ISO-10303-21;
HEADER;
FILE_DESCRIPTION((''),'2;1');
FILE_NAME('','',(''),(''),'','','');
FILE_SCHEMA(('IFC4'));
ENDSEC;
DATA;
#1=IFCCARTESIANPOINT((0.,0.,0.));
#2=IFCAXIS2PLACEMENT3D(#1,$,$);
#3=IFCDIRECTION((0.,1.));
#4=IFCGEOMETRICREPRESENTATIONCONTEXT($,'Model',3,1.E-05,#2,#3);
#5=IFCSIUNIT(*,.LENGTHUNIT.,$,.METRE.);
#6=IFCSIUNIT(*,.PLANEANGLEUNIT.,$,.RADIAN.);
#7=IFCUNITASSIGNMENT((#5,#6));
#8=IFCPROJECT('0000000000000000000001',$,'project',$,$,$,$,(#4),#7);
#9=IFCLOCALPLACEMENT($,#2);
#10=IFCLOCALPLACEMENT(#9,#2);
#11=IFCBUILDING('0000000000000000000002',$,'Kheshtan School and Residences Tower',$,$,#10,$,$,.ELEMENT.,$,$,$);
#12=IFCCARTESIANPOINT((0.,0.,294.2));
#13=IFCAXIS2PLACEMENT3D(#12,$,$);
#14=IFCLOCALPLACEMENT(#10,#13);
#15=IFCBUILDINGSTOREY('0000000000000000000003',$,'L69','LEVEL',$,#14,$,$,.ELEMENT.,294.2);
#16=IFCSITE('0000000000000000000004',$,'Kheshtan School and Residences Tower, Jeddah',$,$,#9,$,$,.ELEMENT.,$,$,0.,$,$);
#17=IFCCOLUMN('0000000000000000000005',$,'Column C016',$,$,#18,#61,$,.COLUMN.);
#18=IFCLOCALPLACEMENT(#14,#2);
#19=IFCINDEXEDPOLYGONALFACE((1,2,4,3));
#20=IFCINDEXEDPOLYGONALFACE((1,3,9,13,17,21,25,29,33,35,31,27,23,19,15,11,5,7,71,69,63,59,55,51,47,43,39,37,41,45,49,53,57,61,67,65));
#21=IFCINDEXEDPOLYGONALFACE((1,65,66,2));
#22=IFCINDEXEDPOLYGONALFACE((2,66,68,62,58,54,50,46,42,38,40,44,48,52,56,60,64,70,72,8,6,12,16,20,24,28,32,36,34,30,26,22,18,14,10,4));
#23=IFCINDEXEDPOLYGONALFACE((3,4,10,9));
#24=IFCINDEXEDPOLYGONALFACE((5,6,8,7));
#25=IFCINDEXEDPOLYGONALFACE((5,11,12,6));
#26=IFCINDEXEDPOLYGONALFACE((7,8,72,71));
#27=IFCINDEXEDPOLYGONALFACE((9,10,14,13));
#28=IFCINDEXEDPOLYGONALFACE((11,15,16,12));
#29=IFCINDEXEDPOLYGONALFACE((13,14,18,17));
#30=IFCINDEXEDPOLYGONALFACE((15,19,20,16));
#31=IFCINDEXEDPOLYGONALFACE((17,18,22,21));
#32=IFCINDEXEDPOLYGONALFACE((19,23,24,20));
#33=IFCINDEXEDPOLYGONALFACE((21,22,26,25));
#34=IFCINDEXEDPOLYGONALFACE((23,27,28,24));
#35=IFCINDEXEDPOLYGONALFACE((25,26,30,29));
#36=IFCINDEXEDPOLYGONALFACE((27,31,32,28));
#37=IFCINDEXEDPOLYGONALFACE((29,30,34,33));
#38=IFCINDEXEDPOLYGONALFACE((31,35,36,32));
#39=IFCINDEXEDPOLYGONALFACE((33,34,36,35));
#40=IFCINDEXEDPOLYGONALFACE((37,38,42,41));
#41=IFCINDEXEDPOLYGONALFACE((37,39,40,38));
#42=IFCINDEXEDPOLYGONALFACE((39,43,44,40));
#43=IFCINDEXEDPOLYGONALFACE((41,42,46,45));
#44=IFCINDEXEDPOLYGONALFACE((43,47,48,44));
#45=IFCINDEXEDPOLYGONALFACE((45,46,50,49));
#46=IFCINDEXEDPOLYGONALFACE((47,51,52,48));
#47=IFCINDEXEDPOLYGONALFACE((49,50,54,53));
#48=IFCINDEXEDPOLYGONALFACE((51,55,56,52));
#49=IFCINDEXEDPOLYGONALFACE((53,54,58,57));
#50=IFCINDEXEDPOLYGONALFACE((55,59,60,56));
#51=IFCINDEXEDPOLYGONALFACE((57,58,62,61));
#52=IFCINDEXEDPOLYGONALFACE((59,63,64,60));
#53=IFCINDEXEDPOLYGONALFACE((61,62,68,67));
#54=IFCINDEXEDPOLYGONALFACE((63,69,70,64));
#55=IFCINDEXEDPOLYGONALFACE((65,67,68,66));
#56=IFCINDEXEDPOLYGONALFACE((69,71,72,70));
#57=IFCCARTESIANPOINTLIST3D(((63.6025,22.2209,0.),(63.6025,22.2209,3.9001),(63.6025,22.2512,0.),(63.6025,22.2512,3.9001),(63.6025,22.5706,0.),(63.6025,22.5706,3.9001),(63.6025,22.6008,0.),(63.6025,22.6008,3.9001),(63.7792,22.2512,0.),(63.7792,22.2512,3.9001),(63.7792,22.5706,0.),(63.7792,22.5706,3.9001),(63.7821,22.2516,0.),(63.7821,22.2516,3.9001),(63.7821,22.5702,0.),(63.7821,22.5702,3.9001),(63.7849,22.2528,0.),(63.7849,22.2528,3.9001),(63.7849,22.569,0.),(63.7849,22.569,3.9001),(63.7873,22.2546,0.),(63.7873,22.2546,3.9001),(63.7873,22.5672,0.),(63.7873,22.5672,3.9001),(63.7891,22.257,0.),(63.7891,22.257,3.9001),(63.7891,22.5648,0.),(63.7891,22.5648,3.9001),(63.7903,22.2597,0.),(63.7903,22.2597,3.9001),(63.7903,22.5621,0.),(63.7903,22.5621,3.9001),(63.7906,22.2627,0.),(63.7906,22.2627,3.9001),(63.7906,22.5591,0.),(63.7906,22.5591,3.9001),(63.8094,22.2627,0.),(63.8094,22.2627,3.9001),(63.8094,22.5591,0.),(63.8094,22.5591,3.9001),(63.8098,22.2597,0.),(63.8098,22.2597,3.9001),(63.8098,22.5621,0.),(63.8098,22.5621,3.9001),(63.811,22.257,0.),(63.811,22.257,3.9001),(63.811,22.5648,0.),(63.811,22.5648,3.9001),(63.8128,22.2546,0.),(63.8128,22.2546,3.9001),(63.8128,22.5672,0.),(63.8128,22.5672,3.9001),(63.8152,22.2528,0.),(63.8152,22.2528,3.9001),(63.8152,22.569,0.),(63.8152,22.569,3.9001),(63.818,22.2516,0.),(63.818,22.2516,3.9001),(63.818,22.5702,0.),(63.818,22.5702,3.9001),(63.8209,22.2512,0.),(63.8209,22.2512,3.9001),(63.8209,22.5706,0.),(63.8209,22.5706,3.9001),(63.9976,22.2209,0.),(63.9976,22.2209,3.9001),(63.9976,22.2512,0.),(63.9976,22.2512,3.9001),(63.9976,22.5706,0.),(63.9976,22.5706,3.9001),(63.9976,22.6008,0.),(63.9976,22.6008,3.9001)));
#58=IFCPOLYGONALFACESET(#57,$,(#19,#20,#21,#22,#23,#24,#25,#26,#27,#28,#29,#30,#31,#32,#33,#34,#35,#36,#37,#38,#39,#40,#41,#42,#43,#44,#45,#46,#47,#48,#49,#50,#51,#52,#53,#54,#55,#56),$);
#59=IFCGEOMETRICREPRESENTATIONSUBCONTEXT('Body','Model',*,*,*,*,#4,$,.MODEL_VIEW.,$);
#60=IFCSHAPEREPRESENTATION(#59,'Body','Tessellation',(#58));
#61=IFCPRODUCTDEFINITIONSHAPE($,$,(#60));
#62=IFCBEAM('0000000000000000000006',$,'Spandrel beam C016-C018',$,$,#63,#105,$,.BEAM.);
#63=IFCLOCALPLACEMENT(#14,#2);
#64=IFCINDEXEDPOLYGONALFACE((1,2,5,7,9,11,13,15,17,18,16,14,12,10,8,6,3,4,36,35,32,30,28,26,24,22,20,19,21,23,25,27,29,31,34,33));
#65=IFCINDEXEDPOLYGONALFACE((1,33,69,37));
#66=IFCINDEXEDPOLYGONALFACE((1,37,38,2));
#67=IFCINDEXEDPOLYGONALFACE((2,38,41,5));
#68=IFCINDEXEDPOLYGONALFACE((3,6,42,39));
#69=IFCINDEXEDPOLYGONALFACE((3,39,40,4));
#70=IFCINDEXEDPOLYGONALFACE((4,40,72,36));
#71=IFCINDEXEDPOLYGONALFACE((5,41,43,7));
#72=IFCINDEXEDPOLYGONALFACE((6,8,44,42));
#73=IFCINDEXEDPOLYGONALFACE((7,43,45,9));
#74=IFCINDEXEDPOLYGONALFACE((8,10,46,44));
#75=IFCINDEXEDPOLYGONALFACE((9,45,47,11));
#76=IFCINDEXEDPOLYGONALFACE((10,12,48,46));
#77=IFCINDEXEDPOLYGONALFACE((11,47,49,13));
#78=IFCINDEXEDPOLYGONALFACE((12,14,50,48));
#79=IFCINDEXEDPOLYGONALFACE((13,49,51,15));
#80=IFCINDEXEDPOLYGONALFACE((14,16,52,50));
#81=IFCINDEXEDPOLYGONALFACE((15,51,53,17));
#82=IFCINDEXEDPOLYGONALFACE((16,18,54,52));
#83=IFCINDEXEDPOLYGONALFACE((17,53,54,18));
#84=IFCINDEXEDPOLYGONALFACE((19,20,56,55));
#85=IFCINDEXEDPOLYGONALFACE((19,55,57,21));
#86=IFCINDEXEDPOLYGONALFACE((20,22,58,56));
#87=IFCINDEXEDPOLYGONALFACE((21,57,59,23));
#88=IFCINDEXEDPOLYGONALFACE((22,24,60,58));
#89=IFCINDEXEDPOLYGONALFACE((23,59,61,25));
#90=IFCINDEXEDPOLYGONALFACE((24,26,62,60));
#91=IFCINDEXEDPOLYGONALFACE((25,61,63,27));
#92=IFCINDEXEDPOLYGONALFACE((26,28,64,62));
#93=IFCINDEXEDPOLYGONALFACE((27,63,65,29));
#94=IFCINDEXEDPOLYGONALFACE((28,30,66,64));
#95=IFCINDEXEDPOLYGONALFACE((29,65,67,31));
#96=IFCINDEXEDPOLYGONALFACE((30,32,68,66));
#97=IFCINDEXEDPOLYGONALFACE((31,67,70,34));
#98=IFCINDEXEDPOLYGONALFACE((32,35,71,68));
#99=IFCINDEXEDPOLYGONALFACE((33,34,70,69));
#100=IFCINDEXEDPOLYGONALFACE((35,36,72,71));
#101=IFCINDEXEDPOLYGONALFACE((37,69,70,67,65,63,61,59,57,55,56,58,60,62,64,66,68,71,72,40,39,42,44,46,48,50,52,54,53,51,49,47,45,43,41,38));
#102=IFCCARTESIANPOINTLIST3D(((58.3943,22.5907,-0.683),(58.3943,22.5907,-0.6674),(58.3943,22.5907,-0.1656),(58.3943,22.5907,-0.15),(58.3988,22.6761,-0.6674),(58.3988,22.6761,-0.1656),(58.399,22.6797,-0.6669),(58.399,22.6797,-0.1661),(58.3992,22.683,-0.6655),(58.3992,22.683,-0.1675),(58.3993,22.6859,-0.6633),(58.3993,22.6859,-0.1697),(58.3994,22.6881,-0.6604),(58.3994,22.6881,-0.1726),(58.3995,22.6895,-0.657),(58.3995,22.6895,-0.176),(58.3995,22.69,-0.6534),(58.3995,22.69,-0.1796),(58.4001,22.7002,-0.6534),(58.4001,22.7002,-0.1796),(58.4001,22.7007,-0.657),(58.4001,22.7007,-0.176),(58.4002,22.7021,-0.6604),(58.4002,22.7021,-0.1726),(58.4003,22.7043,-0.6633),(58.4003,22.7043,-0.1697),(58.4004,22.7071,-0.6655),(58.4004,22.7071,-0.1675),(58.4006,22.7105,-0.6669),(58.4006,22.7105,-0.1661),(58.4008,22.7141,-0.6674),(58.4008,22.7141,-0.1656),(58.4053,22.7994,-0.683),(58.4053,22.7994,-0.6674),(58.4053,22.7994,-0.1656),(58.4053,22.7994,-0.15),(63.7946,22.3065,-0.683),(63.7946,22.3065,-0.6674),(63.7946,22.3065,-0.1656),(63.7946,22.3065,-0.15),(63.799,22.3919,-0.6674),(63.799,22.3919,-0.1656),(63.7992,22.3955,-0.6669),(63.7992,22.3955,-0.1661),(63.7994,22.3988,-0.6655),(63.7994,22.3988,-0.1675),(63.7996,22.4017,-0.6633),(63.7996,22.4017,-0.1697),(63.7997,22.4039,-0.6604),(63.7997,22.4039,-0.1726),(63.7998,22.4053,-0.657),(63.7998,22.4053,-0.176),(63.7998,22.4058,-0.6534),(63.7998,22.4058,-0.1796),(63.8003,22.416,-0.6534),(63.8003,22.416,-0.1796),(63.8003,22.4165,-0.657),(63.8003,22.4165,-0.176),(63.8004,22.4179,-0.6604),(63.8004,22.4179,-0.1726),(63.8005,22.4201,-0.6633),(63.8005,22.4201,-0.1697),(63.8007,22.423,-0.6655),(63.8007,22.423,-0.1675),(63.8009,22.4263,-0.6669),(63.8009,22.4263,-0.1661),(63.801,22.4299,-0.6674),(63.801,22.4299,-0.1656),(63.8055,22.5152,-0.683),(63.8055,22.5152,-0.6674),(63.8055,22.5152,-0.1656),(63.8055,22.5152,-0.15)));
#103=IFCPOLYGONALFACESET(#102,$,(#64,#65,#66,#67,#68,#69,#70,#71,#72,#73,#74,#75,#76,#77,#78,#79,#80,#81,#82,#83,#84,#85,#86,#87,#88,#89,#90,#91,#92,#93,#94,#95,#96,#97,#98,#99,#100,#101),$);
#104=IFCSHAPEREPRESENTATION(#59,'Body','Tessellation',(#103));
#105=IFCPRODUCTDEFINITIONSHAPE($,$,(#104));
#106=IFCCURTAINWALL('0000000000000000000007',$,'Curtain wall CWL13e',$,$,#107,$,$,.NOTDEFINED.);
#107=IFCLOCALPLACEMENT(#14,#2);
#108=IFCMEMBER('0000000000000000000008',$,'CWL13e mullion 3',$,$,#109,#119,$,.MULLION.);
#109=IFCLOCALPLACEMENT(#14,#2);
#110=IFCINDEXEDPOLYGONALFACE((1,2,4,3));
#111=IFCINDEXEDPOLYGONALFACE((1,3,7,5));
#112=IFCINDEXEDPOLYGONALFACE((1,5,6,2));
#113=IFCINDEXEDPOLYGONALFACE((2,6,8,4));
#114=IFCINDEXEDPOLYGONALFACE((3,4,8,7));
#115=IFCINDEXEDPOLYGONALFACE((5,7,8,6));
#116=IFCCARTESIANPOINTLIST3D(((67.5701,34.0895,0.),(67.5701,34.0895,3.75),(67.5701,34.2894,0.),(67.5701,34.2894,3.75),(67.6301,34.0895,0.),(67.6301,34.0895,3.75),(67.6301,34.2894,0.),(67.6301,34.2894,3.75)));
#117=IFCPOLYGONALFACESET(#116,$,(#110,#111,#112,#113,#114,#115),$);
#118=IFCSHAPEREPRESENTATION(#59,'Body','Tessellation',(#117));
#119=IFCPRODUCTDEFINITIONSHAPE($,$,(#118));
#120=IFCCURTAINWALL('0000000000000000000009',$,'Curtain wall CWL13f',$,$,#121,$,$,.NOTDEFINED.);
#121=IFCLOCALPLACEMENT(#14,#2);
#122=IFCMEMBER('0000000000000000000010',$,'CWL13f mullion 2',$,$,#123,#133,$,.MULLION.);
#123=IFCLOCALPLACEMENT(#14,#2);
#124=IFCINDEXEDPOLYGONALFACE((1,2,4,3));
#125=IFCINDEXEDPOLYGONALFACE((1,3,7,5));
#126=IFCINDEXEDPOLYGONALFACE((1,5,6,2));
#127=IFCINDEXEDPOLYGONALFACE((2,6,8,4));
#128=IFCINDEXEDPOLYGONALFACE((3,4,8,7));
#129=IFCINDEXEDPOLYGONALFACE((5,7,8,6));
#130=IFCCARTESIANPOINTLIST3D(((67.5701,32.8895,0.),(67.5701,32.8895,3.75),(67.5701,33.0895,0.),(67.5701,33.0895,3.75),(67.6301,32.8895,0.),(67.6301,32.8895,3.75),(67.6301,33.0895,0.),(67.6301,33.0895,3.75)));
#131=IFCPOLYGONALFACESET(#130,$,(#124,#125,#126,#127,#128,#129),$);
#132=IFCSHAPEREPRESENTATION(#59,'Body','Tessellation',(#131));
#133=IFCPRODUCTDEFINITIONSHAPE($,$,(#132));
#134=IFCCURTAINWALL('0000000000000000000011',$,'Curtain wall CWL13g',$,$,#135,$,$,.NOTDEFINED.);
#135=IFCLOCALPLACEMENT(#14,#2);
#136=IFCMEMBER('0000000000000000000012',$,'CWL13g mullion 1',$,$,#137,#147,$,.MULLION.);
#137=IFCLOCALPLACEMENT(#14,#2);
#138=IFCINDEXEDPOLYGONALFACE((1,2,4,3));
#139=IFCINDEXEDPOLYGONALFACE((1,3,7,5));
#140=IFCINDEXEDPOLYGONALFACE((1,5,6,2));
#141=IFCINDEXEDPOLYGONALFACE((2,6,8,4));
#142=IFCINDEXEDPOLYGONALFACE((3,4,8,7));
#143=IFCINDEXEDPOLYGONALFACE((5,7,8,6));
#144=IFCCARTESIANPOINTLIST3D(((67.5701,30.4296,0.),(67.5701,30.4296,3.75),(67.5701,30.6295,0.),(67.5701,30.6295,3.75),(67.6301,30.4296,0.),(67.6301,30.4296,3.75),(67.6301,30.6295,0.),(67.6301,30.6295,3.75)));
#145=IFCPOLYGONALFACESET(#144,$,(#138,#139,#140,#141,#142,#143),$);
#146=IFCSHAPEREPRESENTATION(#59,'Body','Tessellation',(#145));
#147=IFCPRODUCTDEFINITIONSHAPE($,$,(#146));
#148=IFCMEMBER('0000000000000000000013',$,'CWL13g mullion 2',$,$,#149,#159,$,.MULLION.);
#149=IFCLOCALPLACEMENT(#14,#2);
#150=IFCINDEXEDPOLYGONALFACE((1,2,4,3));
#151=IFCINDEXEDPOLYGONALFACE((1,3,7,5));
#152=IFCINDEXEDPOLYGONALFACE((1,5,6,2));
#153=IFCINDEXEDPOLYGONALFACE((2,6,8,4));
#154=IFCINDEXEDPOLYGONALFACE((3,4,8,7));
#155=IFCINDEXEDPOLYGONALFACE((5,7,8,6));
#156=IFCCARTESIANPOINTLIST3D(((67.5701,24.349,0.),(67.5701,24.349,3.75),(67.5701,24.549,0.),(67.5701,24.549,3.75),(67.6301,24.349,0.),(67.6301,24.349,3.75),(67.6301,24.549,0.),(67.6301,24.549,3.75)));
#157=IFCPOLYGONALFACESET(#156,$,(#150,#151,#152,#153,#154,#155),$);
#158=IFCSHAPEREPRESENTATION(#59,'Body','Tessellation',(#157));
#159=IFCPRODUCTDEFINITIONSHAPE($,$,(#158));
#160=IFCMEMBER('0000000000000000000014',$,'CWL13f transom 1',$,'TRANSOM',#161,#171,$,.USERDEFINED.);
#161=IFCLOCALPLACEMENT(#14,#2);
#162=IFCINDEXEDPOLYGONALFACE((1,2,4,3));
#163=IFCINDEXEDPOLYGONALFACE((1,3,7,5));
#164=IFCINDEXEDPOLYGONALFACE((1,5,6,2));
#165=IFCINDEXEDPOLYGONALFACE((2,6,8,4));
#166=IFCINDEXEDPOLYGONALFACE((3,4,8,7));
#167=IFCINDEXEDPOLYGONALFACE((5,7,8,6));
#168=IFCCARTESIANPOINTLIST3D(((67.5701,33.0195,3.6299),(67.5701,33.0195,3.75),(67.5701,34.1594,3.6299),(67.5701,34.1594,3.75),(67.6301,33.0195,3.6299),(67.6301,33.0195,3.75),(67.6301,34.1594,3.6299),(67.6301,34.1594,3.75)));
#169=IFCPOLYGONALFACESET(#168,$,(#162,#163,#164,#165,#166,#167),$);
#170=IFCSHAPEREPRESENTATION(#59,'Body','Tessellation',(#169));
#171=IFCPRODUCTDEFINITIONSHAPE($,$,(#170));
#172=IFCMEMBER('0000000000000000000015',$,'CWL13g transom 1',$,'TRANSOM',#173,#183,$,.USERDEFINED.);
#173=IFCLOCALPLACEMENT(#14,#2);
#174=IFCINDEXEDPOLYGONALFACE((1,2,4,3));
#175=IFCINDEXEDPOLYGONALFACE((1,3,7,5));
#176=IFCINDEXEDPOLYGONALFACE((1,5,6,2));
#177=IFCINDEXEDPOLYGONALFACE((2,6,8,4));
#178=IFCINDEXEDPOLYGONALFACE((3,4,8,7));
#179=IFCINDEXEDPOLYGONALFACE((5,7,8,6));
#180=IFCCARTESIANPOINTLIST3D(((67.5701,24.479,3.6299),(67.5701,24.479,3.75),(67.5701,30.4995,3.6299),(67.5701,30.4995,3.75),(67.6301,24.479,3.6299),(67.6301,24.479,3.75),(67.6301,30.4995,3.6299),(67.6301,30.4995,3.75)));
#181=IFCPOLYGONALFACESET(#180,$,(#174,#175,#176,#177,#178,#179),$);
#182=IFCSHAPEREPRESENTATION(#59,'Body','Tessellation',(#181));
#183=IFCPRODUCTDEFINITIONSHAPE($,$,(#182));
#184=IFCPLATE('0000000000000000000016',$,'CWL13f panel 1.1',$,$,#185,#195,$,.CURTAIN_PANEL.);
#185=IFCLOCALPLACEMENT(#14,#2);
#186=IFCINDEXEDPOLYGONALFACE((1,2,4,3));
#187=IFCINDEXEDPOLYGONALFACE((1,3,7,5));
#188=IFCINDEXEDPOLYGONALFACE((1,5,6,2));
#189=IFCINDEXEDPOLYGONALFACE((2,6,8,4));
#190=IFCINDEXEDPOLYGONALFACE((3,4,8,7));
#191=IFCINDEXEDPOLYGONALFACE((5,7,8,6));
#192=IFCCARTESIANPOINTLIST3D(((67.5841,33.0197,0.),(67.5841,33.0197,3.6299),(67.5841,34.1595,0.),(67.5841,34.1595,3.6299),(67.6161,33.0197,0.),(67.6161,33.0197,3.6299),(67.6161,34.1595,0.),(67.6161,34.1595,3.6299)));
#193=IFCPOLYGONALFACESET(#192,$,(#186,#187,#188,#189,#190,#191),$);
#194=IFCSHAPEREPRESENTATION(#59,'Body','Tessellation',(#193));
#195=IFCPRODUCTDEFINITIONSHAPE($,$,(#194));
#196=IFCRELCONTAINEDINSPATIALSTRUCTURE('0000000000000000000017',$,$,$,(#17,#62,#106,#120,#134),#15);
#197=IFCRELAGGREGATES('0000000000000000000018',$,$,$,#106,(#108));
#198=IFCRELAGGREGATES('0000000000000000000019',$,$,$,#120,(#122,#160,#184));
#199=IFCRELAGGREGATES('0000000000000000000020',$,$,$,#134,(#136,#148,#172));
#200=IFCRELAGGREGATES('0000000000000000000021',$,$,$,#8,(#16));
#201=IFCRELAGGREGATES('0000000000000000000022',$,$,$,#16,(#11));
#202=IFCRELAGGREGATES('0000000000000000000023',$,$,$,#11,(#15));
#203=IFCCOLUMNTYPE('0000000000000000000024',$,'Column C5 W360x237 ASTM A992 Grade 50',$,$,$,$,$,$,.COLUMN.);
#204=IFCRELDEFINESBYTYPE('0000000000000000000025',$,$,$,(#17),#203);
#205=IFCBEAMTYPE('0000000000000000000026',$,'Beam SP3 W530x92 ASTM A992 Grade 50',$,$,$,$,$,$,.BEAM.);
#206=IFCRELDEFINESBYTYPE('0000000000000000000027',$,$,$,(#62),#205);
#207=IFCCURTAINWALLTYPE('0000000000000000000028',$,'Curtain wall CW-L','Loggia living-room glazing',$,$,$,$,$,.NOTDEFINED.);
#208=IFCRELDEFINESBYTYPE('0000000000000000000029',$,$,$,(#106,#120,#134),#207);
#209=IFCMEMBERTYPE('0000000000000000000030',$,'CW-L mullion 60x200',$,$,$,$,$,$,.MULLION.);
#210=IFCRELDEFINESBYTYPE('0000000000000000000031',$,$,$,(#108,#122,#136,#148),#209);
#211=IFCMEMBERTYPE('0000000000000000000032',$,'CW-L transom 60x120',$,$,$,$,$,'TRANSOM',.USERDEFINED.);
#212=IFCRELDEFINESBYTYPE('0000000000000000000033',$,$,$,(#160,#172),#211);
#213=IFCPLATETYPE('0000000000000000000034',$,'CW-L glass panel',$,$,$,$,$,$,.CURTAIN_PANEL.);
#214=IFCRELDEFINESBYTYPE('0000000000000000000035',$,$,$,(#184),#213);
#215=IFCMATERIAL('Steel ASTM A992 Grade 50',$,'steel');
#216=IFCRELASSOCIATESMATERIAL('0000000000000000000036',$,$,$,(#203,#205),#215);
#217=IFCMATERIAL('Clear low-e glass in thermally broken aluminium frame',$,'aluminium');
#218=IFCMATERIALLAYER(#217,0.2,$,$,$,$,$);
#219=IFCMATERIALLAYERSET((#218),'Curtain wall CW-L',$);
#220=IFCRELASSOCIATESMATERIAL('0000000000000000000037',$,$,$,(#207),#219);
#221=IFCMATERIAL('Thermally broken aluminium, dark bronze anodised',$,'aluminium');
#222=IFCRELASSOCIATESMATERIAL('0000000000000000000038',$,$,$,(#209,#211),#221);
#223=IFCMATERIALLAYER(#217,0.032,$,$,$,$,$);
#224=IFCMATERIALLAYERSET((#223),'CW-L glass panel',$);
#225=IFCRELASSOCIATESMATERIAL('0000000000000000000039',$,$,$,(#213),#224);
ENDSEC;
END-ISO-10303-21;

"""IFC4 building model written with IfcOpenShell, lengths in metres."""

from ifc_helpers import new_model, si_unit, direction, frame, origin, origin_2d, place, context, subcontext, project, spatial, rectangle, i_section, extrude, material, layer, layer_set, material_profile, profile_set, type_object, element, aggregate, save


model = new_model("IFC4")

# Units and contexts
model_context = context("Model", 3, precision=1e-05, world=origin(), true_north=direction((0.0, 1.0)))
body_context = subcontext(model_context, "Body", "Model", "MODEL_VIEW")
ifc_project = project(units=[si_unit("LENGTHUNIT", "METRE"), si_unit("PLANEANGLEUNIT", "RADIAN")], contexts=[model_context])

# Site, building, storey
site_placement = place(None, origin())
site = spatial("IfcSite", under=ifc_project, at=site_placement, Name="Kheshtan School and Residences Tower, Jeddah", CompositionType="ELEMENT", RefElevation=0.0)
building_placement = place(site_placement, origin())
building = spatial("IfcBuilding", under=site, at=building_placement, Name="Kheshtan School and Residences Tower", CompositionType="ELEMENT")
storey_placement = place(building_placement, frame((0.0, 0.0, 294.2)))
storey = spatial("IfcBuildingStorey", under=building, at=storey_placement, Name="L69", Description="LEVEL", CompositionType="ELEMENT", Elevation=294.2)

# Column
ifc_material_1 = material(Name="Steel ASTM A992 Grade 50", Category="steel")
ifc_material_profile_1 = material_profile(ifc_material_1, i_section(OverallWidth=0.395, OverallDepth=0.3799, WebThickness=0.0188, FlangeThickness=0.0303, FilletRadius=0.0115, at=origin_2d()), Name="W360x237")
ifc_profile_set_1 = profile_set([ifc_material_profile_1], Name="Steel ASTM A992 Grade 50")
column_type = type_object("IfcColumnType", Name="Column C5 W360x237 ASTM A992 Grade 50", PredefinedType="COLUMN", material=ifc_profile_set_1)
column_placement = place(storey_placement, frame((63.8, 22.4109, 0.0), z_axis=(0.0, 0.0, 1.0), x_axis=(1.0, 0.0, 0.0)))
element("IfcColumn", 1, at=column_placement, inside=storey, type_object=column_type, Name="Column C016", PredefinedType="COLUMN", context=body_context, shape_type="SweptSolid", body=[
    extrude(i_section(OverallWidth=0.395, OverallDepth=0.3799, WebThickness=0.0188, FlangeThickness=0.0303, FilletRadius=0.0115, at=origin_2d()), origin(), (0.0, 0.0, 1.0), 3.9001),
])

# Beam
ifc_material_profile_2 = material_profile(ifc_material_1, i_section(OverallWidth=0.209, OverallDepth=0.533, WebThickness=0.0103, FlangeThickness=0.0156, FilletRadius=0.0139, at=origin_2d()), Name="W530x92")
ifc_profile_set_2 = profile_set([ifc_material_profile_2], Name="Steel ASTM A992 Grade 50")
beam_type = type_object("IfcBeamType", Name="Beam SP3 W530x92 ASTM A992 Grade 50", PredefinedType="BEAM", material=ifc_profile_set_2)
beam_placement = place(storey_placement, frame((63.8, 22.4109, -0.4165), z_axis=(-0.998618, 0.052552, 0.0), x_axis=(-0.052552, -0.998618, 0.0)))
element("IfcBeam", 2, at=beam_placement, inside=storey, type_object=beam_type, Name="Spandrel beam C016-C018", PredefinedType="BEAM", context=body_context, shape_type="SweptSolid", body=[
    extrude(i_section(OverallWidth=0.209, OverallDepth=0.533, WebThickness=0.0103, FlangeThickness=0.0156, FilletRadius=0.0139, at=origin_2d()), origin(), (0.0, 0.0, 1.0), 5.4077),
])

# Curtain walls, members
ifc_material_2 = material(Name="Clear low-e glass in thermally broken aluminium frame", Category="aluminium")
ifc_layer_1 = layer(ifc_material_2, 0.2)
ifc_layer_set_1 = layer_set([ifc_layer_1], Name="Curtain wall CW-L")
curtain_wall_type = type_object("IfcCurtainWallType", Name="Curtain wall CW-L", Description="Loggia living-room glazing", PredefinedType="NOTDEFINED", material=ifc_layer_set_1)
curtain_wall_1_placement = place(storey_placement, origin())
curtain_wall_1 = element("IfcCurtainWall", 3, at=curtain_wall_1_placement, inside=storey, type_object=curtain_wall_type, Name="Curtain wall CWL13e", PredefinedType="NOTDEFINED")
ifc_material_3 = material(Name="Thermally broken aluminium, dark bronze anodised", Category="aluminium")
ifc_material_profile_3 = material_profile(ifc_material_3, rectangle(XDim=0.0601, YDim=0.2, at=origin_2d()), Name="CW-L mullion 60x200")
ifc_profile_set_3 = profile_set([ifc_material_profile_3], Name="Thermally broken aluminium, dark bronze anodised")
member_type_1 = type_object("IfcMemberType", Name="CW-L mullion 60x200", PredefinedType="MULLION", material=ifc_profile_set_3)
member_1_placement = place(storey_placement, frame((67.6001, 34.1895, 0.0), z_axis=(0.0, 0.0, 1.0), x_axis=(1.0, 0.0, 0.0)))
member_1 = element("IfcMember", 4, at=member_1_placement, type_object=member_type_1, Name="CWL13e mullion 3", PredefinedType="MULLION", context=body_context, shape_type="SweptSolid", body=[
    extrude(rectangle(XDim=0.0601, YDim=0.2, at=origin_2d()), origin(), (0.0, 0.0, 1.0), 3.75),
])
aggregate(curtain_wall_1, [member_1])
curtain_wall_2_placement = place(storey_placement, origin())
curtain_wall_2 = element("IfcCurtainWall", 5, at=curtain_wall_2_placement, inside=storey, type_object=curtain_wall_type, Name="Curtain wall CWL13f", PredefinedType="NOTDEFINED")
member_2_placement = place(storey_placement, frame((67.6001, 32.9895, 0.0), z_axis=(0.0, 0.0, 1.0), x_axis=(1.0, 0.0, 0.0)))
member_2 = element("IfcMember", 6, at=member_2_placement, type_object=member_type_1, Name="CWL13f mullion 2", PredefinedType="MULLION", context=body_context, shape_type="SweptSolid", body=[
    extrude(rectangle(XDim=0.0601, YDim=0.2, at=origin_2d()), origin(), (0.0, 0.0, 1.0), 3.75),
])

# Curtain wall, members
curtain_wall_3_placement = place(storey_placement, origin())
curtain_wall_3 = element("IfcCurtainWall", 7, at=curtain_wall_3_placement, inside=storey, type_object=curtain_wall_type, Name="Curtain wall CWL13g", PredefinedType="NOTDEFINED")
member_3_placement = place(storey_placement, frame((67.6001, 30.5295, 0.0), z_axis=(0.0, 0.0, 1.0), x_axis=(1.0, 0.0, 0.0)))
member_3 = element("IfcMember", 8, at=member_3_placement, type_object=member_type_1, Name="CWL13g mullion 1", PredefinedType="MULLION", context=body_context, shape_type="SweptSolid", body=[
    extrude(rectangle(XDim=0.0601, YDim=0.2, at=origin_2d()), origin(), (0.0, 0.0, 1.0), 3.75),
])
member_4_placement = place(storey_placement, frame((67.6001, 24.449, 0.0), z_axis=(0.0, 0.0, 1.0), x_axis=(1.0, 0.0, 0.0)))
member_4 = element("IfcMember", 9, at=member_4_placement, type_object=member_type_1, Name="CWL13g mullion 2", PredefinedType="MULLION", context=body_context, shape_type="SweptSolid", body=[
    extrude(rectangle(XDim=0.0601, YDim=0.2, at=origin_2d()), origin(), (0.0, 0.0, 1.0), 3.75),
])

# Members
ifc_material_profile_4 = material_profile(ifc_material_3, rectangle(XDim=0.0601, YDim=0.1201, at=origin_2d()), Name="CW-L transom 60x120")
ifc_profile_set_4 = profile_set([ifc_material_profile_4], Name="Thermally broken aluminium, dark bronze anodised")
member_type_2 = type_object("IfcMemberType", Name="CW-L transom 60x120", ElementType="TRANSOM", PredefinedType="USERDEFINED", material=ifc_profile_set_4)
member_5_placement = place(storey_placement, frame((67.6001, 34.1594, 3.6899), z_axis=(0.0, -1.0, 0.0), x_axis=(1.0, 0.0, 0.0)))
member_5 = element("IfcMember", 10, at=member_5_placement, type_object=member_type_2, Name="CWL13f transom 1", ObjectType="TRANSOM", PredefinedType="USERDEFINED", context=body_context, shape_type="SweptSolid", body=[
    extrude(rectangle(XDim=0.0601, YDim=0.1201, at=origin_2d()), origin(), (0.0, 0.0, 1.0), 1.1399),
])
member_6_placement = place(storey_placement, frame((67.6001, 30.4995, 3.6899), z_axis=(0.0, -1.0, 0.0), x_axis=(1.0, 0.0, 0.0)))
member_6 = element("IfcMember", 11, at=member_6_placement, type_object=member_type_2, Name="CWL13g transom 1", ObjectType="TRANSOM", PredefinedType="USERDEFINED", context=body_context, shape_type="SweptSolid", body=[
    extrude(rectangle(XDim=0.0601, YDim=0.1201, at=origin_2d()), origin(), (0.0, 0.0, 1.0), 6.0205),
])

# Plate
ifc_layer_2 = layer(ifc_material_2, 0.032)
ifc_layer_set_2 = layer_set([ifc_layer_2], Name="CW-L glass panel")
plate_type = type_object("IfcPlateType", Name="CW-L glass panel", PredefinedType="CURTAIN_PANEL", material=ifc_layer_set_2)
plate_1_placement = place(storey_placement, frame((67.6001, 33.5896, 0.0), z_axis=(0.0, 0.0, 1.0), x_axis=(0.0, -1.0, 0.0)))
plate_1 = element("IfcPlate", 12, at=plate_1_placement, type_object=plate_type, Name="CWL13f panel 1.1", PredefinedType="CURTAIN_PANEL", context=body_context, shape_type="SweptSolid", body=[
    extrude(rectangle(XDim=1.1399, YDim=0.032, at=origin_2d()), origin(), (0.0, 0.0, 1.0), 3.6299),
])
aggregate(curtain_wall_2, [member_2, member_5, plate_1])
aggregate(curtain_wall_3, [member_3, member_4, member_6])

save(model, "model.ifc")
